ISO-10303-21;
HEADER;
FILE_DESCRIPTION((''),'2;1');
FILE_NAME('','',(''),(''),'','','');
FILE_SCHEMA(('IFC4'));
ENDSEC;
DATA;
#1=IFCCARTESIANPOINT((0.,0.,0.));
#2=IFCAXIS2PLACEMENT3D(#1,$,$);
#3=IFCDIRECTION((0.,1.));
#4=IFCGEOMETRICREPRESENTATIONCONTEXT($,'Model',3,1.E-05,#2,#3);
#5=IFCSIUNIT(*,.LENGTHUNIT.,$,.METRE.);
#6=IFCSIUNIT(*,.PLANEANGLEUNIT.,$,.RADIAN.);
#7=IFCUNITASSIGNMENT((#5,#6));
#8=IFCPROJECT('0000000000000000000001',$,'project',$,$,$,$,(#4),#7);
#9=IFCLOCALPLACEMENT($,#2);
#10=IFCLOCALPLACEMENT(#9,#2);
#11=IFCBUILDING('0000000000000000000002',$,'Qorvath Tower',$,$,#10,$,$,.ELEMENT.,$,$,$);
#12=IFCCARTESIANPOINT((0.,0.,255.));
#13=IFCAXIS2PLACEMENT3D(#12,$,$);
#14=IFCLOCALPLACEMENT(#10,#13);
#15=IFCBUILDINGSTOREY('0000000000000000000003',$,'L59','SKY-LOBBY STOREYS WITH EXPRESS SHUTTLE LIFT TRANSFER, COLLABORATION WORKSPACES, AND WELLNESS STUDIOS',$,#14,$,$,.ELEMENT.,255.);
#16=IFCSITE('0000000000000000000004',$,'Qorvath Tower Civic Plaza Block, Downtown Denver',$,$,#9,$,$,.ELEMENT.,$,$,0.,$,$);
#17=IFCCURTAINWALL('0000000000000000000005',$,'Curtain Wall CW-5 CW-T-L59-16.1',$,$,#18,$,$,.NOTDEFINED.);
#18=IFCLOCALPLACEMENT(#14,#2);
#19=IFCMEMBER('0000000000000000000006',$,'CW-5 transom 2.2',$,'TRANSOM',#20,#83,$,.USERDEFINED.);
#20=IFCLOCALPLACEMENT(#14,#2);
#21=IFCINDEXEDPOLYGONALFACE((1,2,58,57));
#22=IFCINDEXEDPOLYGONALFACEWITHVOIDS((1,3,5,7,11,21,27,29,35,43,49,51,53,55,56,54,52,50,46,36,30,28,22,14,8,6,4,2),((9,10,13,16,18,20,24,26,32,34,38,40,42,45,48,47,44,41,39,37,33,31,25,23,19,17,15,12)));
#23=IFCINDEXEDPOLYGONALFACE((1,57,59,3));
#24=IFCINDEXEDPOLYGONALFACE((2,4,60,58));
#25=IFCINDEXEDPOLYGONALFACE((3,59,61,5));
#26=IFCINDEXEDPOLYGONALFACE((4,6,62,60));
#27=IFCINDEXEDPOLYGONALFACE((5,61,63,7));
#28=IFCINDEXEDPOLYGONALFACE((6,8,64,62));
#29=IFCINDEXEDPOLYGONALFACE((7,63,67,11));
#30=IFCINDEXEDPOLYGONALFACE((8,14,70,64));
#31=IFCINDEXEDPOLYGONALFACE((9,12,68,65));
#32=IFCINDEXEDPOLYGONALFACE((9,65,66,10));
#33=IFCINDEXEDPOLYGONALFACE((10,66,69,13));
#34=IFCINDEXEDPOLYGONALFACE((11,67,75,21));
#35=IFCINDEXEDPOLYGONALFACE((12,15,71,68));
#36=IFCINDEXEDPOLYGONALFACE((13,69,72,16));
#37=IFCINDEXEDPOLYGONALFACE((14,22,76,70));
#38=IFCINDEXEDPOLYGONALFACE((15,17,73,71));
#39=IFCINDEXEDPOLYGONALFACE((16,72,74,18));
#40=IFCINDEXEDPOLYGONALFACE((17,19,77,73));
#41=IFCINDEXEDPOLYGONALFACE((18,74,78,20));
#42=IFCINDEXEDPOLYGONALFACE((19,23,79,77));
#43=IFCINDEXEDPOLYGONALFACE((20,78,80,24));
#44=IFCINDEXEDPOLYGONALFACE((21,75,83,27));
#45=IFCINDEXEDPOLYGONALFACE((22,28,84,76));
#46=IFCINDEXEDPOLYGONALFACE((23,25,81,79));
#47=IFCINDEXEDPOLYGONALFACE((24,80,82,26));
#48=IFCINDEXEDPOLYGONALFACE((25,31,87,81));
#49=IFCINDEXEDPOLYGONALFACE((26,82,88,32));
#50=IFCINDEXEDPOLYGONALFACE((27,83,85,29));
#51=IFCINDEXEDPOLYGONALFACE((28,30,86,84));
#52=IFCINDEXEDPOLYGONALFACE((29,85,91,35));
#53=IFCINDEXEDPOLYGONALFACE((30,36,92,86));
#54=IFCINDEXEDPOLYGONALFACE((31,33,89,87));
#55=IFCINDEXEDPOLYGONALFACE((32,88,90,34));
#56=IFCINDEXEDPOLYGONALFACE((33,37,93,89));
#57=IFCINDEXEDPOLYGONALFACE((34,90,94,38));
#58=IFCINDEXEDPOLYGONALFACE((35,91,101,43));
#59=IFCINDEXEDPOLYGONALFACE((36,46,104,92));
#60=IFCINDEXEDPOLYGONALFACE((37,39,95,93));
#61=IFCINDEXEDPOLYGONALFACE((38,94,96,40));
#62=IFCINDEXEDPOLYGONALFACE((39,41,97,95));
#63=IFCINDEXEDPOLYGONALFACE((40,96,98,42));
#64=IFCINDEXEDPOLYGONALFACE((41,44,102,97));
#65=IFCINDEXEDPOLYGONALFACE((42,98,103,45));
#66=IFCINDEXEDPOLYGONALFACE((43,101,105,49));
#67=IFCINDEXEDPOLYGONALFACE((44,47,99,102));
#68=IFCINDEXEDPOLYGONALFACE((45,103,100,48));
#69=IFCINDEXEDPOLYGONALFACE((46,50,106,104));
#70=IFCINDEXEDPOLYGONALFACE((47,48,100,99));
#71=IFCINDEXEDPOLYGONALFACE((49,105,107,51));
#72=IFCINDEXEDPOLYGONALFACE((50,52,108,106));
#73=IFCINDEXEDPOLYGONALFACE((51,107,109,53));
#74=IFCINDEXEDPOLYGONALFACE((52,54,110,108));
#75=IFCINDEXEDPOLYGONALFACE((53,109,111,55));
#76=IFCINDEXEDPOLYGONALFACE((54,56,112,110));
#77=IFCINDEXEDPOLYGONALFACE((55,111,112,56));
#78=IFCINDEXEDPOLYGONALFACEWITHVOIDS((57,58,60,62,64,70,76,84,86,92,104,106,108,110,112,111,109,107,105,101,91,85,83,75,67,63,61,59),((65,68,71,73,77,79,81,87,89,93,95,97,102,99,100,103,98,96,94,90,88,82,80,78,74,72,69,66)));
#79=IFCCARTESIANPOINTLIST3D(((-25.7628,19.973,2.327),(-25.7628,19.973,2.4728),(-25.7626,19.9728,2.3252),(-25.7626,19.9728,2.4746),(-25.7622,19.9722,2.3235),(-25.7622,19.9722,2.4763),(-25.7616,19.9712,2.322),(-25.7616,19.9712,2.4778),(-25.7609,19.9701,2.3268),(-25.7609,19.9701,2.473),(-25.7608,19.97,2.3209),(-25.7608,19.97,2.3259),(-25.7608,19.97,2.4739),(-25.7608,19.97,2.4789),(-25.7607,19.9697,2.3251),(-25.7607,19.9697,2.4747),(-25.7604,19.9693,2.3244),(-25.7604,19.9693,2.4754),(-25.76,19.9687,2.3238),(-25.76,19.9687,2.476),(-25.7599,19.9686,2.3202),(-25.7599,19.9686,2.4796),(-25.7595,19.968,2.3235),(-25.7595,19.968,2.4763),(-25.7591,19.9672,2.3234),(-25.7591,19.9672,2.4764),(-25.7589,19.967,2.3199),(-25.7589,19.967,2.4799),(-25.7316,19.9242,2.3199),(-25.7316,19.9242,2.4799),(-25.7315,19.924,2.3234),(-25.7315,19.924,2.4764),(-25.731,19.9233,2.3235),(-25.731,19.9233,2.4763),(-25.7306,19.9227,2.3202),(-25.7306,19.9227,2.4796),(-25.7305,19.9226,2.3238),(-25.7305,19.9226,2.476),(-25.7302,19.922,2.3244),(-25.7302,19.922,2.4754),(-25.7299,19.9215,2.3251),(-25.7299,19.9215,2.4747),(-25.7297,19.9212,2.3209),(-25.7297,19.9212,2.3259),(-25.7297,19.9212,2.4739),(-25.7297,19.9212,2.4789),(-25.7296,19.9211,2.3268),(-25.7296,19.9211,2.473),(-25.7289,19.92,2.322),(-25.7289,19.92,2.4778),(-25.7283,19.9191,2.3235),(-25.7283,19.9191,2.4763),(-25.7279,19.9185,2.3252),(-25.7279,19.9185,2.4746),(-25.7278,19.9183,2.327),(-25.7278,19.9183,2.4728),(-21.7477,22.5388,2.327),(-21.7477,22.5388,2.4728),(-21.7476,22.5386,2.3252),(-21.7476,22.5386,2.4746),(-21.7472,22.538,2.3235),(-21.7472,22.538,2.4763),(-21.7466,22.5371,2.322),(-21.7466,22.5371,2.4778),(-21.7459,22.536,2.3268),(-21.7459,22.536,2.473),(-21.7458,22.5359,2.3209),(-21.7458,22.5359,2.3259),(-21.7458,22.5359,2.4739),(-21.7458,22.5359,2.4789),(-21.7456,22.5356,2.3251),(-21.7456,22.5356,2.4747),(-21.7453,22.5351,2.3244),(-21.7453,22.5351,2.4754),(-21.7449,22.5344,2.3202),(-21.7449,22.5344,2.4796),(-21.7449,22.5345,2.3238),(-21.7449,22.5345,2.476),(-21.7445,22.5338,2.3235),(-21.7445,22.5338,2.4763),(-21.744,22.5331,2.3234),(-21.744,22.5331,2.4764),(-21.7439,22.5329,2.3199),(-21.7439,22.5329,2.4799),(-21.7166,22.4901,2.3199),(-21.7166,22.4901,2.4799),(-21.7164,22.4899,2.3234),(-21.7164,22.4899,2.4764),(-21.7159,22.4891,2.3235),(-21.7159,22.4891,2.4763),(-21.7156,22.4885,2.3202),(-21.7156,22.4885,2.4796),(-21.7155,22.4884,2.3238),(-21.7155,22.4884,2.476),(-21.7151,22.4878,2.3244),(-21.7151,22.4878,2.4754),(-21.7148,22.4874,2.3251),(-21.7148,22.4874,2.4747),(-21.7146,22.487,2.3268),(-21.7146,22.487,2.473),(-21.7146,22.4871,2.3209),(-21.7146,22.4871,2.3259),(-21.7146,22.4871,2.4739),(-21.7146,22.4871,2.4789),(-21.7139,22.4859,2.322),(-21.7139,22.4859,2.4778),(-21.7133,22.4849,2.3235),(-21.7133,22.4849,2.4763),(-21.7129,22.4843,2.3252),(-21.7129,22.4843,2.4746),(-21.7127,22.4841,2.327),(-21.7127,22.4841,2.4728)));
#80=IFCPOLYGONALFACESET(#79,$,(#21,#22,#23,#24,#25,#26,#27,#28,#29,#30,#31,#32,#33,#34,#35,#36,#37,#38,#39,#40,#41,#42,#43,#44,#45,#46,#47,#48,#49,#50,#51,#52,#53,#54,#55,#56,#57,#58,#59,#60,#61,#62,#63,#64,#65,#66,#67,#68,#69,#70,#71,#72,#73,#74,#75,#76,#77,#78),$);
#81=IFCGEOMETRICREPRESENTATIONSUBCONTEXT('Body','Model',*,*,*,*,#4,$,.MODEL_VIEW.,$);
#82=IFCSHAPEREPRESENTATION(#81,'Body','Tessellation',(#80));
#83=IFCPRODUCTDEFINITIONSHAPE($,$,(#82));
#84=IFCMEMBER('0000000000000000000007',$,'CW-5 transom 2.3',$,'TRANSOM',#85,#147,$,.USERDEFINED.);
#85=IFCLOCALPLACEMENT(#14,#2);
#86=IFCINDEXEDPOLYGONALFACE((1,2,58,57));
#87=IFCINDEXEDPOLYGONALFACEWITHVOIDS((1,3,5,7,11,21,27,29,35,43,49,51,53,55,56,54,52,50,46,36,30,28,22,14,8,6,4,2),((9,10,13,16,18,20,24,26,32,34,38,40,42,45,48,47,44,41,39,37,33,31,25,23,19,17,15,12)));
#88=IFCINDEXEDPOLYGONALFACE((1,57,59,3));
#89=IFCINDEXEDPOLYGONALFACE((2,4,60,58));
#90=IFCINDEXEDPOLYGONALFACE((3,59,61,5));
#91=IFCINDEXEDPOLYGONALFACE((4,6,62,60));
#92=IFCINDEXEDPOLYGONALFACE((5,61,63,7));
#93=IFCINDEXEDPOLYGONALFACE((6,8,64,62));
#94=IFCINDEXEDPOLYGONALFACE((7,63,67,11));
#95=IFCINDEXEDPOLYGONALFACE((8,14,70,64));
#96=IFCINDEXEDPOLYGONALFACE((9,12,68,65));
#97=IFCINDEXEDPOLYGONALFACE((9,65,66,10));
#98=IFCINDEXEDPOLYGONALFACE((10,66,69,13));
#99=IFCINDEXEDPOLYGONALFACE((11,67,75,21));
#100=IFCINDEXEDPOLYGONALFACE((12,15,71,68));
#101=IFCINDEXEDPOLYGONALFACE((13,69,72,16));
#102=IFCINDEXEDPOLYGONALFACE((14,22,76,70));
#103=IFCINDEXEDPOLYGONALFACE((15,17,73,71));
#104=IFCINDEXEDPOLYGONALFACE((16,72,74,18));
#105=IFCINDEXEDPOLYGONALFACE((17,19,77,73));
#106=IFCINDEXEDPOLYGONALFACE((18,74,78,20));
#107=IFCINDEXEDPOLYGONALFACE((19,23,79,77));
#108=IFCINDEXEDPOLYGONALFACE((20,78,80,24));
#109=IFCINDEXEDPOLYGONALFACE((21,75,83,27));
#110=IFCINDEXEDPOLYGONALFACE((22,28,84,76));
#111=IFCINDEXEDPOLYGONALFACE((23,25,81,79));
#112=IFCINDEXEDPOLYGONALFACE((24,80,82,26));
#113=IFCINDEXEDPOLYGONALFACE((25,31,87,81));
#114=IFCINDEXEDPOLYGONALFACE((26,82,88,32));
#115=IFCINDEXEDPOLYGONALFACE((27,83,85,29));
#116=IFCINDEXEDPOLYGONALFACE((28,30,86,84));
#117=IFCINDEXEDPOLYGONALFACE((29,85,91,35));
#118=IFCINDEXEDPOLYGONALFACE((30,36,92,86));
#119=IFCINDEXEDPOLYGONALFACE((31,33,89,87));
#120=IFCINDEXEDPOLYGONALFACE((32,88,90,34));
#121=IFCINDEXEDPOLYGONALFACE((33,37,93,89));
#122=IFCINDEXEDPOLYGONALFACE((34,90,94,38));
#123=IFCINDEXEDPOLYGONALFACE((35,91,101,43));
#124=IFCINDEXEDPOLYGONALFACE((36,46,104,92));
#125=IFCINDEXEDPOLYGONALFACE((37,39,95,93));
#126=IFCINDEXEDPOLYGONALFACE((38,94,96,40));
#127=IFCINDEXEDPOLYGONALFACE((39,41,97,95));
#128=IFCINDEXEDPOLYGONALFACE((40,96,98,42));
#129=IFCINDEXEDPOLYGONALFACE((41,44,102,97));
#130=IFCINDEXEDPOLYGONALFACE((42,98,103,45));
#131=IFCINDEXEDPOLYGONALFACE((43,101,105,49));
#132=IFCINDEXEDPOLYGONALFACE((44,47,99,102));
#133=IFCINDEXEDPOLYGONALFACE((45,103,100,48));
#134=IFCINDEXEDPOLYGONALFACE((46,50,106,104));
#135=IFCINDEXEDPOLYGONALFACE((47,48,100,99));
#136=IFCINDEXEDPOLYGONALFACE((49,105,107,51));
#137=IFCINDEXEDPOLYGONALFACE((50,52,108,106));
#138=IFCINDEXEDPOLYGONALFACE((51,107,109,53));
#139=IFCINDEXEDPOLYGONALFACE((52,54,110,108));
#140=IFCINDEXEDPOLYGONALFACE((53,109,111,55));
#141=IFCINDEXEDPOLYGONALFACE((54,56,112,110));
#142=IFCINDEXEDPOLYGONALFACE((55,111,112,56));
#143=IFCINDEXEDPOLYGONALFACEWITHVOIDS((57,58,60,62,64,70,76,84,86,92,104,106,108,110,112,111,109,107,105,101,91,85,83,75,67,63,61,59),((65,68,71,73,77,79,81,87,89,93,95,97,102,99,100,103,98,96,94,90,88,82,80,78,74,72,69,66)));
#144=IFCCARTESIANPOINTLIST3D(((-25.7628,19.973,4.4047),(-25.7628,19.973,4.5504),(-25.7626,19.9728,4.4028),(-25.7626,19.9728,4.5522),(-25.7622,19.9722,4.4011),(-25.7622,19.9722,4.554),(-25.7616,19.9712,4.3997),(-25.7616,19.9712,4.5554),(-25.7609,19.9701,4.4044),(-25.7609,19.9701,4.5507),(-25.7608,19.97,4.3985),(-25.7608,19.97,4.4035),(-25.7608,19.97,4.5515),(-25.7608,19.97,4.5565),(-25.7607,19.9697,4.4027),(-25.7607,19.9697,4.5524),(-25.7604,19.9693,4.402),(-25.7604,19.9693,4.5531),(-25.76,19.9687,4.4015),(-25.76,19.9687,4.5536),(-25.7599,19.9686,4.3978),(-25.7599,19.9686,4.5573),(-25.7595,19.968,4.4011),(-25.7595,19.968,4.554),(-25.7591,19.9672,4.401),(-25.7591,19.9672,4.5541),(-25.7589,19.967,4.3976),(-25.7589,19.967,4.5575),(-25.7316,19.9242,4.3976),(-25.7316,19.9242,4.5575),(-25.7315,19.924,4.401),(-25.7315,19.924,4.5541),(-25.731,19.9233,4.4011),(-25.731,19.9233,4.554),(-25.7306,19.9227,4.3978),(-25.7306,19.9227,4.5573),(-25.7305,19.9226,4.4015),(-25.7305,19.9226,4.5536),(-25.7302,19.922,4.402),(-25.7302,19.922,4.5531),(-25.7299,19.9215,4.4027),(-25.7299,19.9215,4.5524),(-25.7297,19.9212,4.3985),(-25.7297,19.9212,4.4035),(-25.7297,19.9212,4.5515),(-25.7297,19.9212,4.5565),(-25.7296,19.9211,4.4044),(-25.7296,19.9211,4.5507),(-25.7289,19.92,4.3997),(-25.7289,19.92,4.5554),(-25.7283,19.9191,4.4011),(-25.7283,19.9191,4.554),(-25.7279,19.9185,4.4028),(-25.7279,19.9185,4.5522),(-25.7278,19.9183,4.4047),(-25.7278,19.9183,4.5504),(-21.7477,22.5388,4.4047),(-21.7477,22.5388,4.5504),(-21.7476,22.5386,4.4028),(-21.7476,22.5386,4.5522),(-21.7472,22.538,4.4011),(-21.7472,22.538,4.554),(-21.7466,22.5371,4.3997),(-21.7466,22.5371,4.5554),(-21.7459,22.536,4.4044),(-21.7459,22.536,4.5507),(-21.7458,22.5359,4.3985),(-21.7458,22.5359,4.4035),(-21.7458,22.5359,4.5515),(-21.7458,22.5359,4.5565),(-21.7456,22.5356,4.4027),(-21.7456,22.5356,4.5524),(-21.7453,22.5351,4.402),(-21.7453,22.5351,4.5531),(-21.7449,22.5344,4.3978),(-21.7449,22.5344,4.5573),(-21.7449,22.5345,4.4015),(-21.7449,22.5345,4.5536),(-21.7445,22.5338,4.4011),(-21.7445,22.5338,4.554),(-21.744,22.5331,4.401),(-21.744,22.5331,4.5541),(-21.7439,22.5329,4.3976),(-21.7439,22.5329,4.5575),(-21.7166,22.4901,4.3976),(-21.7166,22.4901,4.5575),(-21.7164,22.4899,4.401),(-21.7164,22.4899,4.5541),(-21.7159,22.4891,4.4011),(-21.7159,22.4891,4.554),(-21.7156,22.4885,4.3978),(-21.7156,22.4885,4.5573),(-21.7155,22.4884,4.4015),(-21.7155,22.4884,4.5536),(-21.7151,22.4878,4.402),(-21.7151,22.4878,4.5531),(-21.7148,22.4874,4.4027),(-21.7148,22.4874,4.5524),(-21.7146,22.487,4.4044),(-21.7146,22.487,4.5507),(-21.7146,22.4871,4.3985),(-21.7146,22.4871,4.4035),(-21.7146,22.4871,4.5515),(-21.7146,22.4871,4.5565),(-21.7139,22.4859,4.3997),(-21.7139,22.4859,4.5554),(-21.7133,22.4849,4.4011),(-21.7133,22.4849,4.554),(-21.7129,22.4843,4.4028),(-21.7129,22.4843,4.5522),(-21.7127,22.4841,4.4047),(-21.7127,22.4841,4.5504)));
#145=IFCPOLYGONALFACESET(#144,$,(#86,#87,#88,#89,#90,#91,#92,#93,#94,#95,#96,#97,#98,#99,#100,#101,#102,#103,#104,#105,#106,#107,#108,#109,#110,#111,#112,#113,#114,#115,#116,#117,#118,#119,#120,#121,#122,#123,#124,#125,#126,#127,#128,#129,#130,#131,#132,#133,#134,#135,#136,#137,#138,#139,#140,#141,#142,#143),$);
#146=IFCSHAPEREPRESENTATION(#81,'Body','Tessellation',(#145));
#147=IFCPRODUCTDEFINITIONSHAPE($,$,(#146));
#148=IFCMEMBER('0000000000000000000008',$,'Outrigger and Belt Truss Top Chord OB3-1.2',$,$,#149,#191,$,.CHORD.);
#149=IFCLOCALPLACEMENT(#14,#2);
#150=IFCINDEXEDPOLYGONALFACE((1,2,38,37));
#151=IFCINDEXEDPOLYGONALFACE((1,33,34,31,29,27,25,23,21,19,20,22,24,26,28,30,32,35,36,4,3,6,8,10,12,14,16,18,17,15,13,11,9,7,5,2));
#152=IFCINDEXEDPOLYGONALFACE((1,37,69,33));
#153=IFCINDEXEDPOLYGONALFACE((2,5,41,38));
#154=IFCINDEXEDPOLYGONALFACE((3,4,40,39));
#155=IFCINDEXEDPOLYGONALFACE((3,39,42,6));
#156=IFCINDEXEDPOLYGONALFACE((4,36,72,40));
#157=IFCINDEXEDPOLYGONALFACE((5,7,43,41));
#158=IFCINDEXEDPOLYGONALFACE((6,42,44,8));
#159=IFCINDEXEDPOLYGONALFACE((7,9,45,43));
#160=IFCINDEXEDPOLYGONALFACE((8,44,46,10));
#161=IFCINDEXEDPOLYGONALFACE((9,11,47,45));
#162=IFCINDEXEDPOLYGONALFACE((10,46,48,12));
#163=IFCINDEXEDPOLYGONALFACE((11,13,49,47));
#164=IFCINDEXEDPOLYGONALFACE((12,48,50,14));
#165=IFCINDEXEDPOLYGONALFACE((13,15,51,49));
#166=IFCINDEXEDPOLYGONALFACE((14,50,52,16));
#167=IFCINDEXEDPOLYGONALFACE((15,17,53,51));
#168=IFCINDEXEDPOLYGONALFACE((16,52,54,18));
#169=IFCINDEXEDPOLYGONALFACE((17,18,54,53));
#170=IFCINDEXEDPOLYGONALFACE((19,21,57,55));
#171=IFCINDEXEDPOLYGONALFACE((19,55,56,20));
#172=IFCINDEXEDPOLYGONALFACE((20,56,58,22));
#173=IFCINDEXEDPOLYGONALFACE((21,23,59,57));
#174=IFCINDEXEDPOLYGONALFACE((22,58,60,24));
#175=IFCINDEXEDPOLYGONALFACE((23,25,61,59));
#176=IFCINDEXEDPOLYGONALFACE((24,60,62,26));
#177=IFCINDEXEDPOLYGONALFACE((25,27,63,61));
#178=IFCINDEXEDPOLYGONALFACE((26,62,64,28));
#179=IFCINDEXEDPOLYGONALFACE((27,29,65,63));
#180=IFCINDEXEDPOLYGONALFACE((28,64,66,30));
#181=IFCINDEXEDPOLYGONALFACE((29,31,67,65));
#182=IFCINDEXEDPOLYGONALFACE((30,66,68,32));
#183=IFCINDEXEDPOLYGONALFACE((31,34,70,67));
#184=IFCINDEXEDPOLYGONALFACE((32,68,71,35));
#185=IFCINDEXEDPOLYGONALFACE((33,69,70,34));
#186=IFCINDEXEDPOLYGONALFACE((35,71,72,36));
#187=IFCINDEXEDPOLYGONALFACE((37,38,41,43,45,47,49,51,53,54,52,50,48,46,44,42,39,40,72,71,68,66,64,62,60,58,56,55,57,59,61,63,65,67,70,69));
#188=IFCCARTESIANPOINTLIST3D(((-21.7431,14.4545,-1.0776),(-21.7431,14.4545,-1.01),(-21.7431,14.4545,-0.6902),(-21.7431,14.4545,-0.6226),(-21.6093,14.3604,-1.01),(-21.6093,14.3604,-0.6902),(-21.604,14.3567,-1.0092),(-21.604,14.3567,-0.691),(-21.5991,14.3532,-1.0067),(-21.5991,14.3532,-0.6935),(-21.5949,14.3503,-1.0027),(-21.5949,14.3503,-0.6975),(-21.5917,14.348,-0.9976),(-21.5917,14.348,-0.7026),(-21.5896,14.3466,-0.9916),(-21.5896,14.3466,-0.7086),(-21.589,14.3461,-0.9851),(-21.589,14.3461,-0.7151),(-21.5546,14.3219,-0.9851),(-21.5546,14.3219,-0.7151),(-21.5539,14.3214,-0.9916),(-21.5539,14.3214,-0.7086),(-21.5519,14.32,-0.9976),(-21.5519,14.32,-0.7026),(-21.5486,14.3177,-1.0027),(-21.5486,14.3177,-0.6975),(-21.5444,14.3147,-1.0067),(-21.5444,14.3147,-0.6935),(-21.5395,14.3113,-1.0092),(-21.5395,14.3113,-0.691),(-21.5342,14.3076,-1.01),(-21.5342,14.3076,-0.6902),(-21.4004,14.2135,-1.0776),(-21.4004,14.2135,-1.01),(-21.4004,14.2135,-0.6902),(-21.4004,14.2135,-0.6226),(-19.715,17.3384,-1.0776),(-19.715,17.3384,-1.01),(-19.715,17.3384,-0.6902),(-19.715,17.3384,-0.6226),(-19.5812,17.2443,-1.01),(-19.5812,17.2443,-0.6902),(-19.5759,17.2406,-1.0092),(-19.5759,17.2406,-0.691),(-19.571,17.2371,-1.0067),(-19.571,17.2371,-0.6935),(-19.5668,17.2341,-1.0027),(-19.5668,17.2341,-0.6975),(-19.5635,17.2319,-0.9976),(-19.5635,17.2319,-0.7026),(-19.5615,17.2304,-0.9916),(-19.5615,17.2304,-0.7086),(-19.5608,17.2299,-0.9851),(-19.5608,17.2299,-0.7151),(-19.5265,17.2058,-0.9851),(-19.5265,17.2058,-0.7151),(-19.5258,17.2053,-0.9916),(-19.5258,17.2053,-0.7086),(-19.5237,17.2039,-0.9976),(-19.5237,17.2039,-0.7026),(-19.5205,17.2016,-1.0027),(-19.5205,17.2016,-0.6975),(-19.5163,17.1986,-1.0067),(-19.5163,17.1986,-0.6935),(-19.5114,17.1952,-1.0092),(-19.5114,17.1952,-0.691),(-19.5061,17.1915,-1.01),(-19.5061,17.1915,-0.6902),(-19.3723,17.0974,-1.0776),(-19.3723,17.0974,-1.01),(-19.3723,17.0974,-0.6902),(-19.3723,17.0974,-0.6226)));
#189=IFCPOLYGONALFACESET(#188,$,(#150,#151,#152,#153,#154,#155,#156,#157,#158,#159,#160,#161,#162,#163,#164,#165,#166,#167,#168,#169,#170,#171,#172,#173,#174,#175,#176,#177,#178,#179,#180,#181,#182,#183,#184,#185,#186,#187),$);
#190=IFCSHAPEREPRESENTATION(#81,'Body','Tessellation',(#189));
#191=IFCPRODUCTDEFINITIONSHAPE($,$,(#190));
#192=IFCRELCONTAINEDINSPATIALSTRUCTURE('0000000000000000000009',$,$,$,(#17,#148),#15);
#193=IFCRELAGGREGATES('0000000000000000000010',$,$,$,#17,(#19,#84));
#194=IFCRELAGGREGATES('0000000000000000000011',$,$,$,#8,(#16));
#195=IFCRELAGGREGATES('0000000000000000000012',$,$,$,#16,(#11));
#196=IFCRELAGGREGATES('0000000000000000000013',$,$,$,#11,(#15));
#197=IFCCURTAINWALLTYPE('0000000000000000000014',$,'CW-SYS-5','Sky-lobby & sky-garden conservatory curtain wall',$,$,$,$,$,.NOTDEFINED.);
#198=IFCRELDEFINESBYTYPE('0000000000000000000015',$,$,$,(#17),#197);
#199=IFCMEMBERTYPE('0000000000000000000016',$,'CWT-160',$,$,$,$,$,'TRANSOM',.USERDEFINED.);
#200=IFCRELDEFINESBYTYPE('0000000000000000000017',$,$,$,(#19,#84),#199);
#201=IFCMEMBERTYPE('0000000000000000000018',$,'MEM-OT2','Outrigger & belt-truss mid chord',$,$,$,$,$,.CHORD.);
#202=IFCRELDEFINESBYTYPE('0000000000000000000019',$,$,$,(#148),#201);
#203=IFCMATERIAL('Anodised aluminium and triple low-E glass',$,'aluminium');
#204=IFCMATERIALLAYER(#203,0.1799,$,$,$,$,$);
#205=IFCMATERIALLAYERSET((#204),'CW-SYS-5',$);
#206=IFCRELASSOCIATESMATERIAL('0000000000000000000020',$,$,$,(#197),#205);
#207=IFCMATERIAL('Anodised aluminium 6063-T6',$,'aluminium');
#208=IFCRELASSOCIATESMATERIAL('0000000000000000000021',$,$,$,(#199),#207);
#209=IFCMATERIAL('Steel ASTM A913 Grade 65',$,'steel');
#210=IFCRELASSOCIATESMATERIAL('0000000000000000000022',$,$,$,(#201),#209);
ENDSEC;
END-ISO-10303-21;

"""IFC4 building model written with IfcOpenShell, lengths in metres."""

from ifc_helpers import new_model, si_unit, direction, frame, origin, origin_2d, place, context, subcontext, project, spatial, hollow_rectangle, i_section, extrude, material, layer, layer_set, material_profile, profile_set, type_object, element, aggregate, save


model = new_model("IFC4")

# Units and contexts
model_context = context("Model", 3, precision=1e-05, world=origin(), true_north=direction((0.0, 1.0)))
body_context = subcontext(model_context, "Body", "Model", "MODEL_VIEW")
ifc_project = project(units=[si_unit("LENGTHUNIT", "METRE"), si_unit("PLANEANGLEUNIT", "RADIAN")], contexts=[model_context])

# Site, building, storey
site_placement = place(None, origin())
site = spatial("IfcSite", under=ifc_project, at=site_placement, Name="Qorvath Tower Civic Plaza Block, Downtown Denver", CompositionType="ELEMENT", RefElevation=0.0)
building_placement = place(site_placement, origin())
building = spatial("IfcBuilding", under=site, at=building_placement, Name="Qorvath Tower", CompositionType="ELEMENT")
storey_placement = place(building_placement, frame((0.0, 0.0, 255.0)))
storey = spatial("IfcBuildingStorey", under=building, at=storey_placement, Name="L59", Description="SKY-LOBBY STOREYS WITH EXPRESS SHUTTLE LIFT TRANSFER, COLLABORATION WORKSPACES, AND WELLNESS STUDIOS", CompositionType="ELEMENT", Elevation=255.0)

# Shared definitions
ifc_material_1 = material(Name="Anodised aluminium and triple low-E glass", Category="aluminium")
ifc_layer_1 = layer(ifc_material_1, 0.1799)
ifc_layer_set_1 = layer_set([ifc_layer_1], Name="CW-SYS-5")
curtain_wall_type = type_object("IfcCurtainWallType", Name="CW-SYS-5", Description="Sky-lobby & sky-garden conservatory curtain wall", PredefinedType="NOTDEFINED", material=ifc_layer_set_1)

# Curtain wall, members
curtain_wall_1_placement = place(storey_placement, origin())
curtain_wall_1 = element("IfcCurtainWall", 1, at=curtain_wall_1_placement, inside=storey, type_object=curtain_wall_type, Name="Curtain Wall CW-5 CW-T-L59-16.1", PredefinedType="NOTDEFINED")
ifc_material_2 = material(Name="Anodised aluminium 6063-T6", Category="aluminium")
ifc_material_profile_1 = material_profile(ifc_material_2, hollow_rectangle(XDim=0.0649, YDim=0.1599, WallThickness=0.0034, InnerFilletRadius=0.0034, OuterFilletRadius=0.0071, at=origin_2d()), Name="CWT 160x65")
ifc_profile_set_1 = profile_set([ifc_material_profile_1], Name="Anodised aluminium 6063-T6")
member_type_1 = type_object("IfcMemberType", Name="CWT-160", ElementType="TRANSOM", PredefinedType="USERDEFINED", material=ifc_profile_set_1)
member_1_placement = place(storey_placement, frame((-21.7302, 22.5115, 2.3999), z_axis=(-0.84263, -0.538492, 0.0), x_axis=(0.538492, -0.84263, 0.0)))
member_1 = element("IfcMember", 2, at=member_1_placement, type_object=member_type_1, Name="CW-5 transom 2.2", ObjectType="TRANSOM", PredefinedType="USERDEFINED", context=body_context, shape_type="SweptSolid", body=[
    extrude(hollow_rectangle(XDim=0.0649, YDim=0.1599, WallThickness=0.0034, InnerFilletRadius=0.0034, OuterFilletRadius=0.0071, at=origin_2d()), origin(), (0.0, 0.0, 1.0), 4.7649),
])
member_2_placement = place(storey_placement, frame((-21.7302, 22.5115, 4.4775), z_axis=(-0.84263, -0.538492, 0.0), x_axis=(0.538492, -0.84263, 0.0)))
member_2 = element("IfcMember", 3, at=member_2_placement, type_object=member_type_1, Name="CW-5 transom 2.3", ObjectType="TRANSOM", PredefinedType="USERDEFINED", context=body_context, shape_type="SweptSolid", body=[
    extrude(hollow_rectangle(XDim=0.0649, YDim=0.1599, WallThickness=0.0034, InnerFilletRadius=0.0034, OuterFilletRadius=0.0071, at=origin_2d()), origin(), (0.0, 0.0, 1.0), 4.7649),
])

# Member
ifc_material_3 = material(Name="Steel ASTM A913 Grade 65", Category="steel")
ifc_material_profile_2 = material_profile(ifc_material_3, i_section(OverallWidth=0.4189, OverallDepth=0.4551, WebThickness=0.042, FlangeThickness=0.0676, FilletRadius=0.0249, at=origin_2d()), Name="W14x370")
ifc_profile_set_2 = profile_set([ifc_material_profile_2], Name="Steel ASTM A913 Grade 65")
member_type_2 = type_object("IfcMemberType", Name="MEM-OT2", Description="Outrigger & belt-truss mid chord", PredefinedType="CHORD", material=ifc_profile_set_2)
for number, where, z_axis, x_axis, name in (
    (4, (-21.5718, 14.334, -0.8501), (0.575255, 0.817974, 0.0), (-0.817974, 0.575255, 0.0), "Outrigger and Belt Truss Top Chord OB3-1.2"),
):
    element("IfcMember", number, at=place(storey_placement, frame(where, z_axis=z_axis, x_axis=x_axis)), inside=storey, type_object=member_type_2, Name=name, PredefinedType="CHORD", context=body_context, shape_type="SweptSolid", body=[
        extrude(i_section(OverallWidth=0.4189, OverallDepth=0.4551, WebThickness=0.042, FlangeThickness=0.0676, FilletRadius=0.0249, at=origin_2d()), origin(), (0.0, 0.0, 1.0), 3.5256),
    ])

aggregate(curtain_wall_1, [member_1, member_2])

save(model, "model.ifc")
